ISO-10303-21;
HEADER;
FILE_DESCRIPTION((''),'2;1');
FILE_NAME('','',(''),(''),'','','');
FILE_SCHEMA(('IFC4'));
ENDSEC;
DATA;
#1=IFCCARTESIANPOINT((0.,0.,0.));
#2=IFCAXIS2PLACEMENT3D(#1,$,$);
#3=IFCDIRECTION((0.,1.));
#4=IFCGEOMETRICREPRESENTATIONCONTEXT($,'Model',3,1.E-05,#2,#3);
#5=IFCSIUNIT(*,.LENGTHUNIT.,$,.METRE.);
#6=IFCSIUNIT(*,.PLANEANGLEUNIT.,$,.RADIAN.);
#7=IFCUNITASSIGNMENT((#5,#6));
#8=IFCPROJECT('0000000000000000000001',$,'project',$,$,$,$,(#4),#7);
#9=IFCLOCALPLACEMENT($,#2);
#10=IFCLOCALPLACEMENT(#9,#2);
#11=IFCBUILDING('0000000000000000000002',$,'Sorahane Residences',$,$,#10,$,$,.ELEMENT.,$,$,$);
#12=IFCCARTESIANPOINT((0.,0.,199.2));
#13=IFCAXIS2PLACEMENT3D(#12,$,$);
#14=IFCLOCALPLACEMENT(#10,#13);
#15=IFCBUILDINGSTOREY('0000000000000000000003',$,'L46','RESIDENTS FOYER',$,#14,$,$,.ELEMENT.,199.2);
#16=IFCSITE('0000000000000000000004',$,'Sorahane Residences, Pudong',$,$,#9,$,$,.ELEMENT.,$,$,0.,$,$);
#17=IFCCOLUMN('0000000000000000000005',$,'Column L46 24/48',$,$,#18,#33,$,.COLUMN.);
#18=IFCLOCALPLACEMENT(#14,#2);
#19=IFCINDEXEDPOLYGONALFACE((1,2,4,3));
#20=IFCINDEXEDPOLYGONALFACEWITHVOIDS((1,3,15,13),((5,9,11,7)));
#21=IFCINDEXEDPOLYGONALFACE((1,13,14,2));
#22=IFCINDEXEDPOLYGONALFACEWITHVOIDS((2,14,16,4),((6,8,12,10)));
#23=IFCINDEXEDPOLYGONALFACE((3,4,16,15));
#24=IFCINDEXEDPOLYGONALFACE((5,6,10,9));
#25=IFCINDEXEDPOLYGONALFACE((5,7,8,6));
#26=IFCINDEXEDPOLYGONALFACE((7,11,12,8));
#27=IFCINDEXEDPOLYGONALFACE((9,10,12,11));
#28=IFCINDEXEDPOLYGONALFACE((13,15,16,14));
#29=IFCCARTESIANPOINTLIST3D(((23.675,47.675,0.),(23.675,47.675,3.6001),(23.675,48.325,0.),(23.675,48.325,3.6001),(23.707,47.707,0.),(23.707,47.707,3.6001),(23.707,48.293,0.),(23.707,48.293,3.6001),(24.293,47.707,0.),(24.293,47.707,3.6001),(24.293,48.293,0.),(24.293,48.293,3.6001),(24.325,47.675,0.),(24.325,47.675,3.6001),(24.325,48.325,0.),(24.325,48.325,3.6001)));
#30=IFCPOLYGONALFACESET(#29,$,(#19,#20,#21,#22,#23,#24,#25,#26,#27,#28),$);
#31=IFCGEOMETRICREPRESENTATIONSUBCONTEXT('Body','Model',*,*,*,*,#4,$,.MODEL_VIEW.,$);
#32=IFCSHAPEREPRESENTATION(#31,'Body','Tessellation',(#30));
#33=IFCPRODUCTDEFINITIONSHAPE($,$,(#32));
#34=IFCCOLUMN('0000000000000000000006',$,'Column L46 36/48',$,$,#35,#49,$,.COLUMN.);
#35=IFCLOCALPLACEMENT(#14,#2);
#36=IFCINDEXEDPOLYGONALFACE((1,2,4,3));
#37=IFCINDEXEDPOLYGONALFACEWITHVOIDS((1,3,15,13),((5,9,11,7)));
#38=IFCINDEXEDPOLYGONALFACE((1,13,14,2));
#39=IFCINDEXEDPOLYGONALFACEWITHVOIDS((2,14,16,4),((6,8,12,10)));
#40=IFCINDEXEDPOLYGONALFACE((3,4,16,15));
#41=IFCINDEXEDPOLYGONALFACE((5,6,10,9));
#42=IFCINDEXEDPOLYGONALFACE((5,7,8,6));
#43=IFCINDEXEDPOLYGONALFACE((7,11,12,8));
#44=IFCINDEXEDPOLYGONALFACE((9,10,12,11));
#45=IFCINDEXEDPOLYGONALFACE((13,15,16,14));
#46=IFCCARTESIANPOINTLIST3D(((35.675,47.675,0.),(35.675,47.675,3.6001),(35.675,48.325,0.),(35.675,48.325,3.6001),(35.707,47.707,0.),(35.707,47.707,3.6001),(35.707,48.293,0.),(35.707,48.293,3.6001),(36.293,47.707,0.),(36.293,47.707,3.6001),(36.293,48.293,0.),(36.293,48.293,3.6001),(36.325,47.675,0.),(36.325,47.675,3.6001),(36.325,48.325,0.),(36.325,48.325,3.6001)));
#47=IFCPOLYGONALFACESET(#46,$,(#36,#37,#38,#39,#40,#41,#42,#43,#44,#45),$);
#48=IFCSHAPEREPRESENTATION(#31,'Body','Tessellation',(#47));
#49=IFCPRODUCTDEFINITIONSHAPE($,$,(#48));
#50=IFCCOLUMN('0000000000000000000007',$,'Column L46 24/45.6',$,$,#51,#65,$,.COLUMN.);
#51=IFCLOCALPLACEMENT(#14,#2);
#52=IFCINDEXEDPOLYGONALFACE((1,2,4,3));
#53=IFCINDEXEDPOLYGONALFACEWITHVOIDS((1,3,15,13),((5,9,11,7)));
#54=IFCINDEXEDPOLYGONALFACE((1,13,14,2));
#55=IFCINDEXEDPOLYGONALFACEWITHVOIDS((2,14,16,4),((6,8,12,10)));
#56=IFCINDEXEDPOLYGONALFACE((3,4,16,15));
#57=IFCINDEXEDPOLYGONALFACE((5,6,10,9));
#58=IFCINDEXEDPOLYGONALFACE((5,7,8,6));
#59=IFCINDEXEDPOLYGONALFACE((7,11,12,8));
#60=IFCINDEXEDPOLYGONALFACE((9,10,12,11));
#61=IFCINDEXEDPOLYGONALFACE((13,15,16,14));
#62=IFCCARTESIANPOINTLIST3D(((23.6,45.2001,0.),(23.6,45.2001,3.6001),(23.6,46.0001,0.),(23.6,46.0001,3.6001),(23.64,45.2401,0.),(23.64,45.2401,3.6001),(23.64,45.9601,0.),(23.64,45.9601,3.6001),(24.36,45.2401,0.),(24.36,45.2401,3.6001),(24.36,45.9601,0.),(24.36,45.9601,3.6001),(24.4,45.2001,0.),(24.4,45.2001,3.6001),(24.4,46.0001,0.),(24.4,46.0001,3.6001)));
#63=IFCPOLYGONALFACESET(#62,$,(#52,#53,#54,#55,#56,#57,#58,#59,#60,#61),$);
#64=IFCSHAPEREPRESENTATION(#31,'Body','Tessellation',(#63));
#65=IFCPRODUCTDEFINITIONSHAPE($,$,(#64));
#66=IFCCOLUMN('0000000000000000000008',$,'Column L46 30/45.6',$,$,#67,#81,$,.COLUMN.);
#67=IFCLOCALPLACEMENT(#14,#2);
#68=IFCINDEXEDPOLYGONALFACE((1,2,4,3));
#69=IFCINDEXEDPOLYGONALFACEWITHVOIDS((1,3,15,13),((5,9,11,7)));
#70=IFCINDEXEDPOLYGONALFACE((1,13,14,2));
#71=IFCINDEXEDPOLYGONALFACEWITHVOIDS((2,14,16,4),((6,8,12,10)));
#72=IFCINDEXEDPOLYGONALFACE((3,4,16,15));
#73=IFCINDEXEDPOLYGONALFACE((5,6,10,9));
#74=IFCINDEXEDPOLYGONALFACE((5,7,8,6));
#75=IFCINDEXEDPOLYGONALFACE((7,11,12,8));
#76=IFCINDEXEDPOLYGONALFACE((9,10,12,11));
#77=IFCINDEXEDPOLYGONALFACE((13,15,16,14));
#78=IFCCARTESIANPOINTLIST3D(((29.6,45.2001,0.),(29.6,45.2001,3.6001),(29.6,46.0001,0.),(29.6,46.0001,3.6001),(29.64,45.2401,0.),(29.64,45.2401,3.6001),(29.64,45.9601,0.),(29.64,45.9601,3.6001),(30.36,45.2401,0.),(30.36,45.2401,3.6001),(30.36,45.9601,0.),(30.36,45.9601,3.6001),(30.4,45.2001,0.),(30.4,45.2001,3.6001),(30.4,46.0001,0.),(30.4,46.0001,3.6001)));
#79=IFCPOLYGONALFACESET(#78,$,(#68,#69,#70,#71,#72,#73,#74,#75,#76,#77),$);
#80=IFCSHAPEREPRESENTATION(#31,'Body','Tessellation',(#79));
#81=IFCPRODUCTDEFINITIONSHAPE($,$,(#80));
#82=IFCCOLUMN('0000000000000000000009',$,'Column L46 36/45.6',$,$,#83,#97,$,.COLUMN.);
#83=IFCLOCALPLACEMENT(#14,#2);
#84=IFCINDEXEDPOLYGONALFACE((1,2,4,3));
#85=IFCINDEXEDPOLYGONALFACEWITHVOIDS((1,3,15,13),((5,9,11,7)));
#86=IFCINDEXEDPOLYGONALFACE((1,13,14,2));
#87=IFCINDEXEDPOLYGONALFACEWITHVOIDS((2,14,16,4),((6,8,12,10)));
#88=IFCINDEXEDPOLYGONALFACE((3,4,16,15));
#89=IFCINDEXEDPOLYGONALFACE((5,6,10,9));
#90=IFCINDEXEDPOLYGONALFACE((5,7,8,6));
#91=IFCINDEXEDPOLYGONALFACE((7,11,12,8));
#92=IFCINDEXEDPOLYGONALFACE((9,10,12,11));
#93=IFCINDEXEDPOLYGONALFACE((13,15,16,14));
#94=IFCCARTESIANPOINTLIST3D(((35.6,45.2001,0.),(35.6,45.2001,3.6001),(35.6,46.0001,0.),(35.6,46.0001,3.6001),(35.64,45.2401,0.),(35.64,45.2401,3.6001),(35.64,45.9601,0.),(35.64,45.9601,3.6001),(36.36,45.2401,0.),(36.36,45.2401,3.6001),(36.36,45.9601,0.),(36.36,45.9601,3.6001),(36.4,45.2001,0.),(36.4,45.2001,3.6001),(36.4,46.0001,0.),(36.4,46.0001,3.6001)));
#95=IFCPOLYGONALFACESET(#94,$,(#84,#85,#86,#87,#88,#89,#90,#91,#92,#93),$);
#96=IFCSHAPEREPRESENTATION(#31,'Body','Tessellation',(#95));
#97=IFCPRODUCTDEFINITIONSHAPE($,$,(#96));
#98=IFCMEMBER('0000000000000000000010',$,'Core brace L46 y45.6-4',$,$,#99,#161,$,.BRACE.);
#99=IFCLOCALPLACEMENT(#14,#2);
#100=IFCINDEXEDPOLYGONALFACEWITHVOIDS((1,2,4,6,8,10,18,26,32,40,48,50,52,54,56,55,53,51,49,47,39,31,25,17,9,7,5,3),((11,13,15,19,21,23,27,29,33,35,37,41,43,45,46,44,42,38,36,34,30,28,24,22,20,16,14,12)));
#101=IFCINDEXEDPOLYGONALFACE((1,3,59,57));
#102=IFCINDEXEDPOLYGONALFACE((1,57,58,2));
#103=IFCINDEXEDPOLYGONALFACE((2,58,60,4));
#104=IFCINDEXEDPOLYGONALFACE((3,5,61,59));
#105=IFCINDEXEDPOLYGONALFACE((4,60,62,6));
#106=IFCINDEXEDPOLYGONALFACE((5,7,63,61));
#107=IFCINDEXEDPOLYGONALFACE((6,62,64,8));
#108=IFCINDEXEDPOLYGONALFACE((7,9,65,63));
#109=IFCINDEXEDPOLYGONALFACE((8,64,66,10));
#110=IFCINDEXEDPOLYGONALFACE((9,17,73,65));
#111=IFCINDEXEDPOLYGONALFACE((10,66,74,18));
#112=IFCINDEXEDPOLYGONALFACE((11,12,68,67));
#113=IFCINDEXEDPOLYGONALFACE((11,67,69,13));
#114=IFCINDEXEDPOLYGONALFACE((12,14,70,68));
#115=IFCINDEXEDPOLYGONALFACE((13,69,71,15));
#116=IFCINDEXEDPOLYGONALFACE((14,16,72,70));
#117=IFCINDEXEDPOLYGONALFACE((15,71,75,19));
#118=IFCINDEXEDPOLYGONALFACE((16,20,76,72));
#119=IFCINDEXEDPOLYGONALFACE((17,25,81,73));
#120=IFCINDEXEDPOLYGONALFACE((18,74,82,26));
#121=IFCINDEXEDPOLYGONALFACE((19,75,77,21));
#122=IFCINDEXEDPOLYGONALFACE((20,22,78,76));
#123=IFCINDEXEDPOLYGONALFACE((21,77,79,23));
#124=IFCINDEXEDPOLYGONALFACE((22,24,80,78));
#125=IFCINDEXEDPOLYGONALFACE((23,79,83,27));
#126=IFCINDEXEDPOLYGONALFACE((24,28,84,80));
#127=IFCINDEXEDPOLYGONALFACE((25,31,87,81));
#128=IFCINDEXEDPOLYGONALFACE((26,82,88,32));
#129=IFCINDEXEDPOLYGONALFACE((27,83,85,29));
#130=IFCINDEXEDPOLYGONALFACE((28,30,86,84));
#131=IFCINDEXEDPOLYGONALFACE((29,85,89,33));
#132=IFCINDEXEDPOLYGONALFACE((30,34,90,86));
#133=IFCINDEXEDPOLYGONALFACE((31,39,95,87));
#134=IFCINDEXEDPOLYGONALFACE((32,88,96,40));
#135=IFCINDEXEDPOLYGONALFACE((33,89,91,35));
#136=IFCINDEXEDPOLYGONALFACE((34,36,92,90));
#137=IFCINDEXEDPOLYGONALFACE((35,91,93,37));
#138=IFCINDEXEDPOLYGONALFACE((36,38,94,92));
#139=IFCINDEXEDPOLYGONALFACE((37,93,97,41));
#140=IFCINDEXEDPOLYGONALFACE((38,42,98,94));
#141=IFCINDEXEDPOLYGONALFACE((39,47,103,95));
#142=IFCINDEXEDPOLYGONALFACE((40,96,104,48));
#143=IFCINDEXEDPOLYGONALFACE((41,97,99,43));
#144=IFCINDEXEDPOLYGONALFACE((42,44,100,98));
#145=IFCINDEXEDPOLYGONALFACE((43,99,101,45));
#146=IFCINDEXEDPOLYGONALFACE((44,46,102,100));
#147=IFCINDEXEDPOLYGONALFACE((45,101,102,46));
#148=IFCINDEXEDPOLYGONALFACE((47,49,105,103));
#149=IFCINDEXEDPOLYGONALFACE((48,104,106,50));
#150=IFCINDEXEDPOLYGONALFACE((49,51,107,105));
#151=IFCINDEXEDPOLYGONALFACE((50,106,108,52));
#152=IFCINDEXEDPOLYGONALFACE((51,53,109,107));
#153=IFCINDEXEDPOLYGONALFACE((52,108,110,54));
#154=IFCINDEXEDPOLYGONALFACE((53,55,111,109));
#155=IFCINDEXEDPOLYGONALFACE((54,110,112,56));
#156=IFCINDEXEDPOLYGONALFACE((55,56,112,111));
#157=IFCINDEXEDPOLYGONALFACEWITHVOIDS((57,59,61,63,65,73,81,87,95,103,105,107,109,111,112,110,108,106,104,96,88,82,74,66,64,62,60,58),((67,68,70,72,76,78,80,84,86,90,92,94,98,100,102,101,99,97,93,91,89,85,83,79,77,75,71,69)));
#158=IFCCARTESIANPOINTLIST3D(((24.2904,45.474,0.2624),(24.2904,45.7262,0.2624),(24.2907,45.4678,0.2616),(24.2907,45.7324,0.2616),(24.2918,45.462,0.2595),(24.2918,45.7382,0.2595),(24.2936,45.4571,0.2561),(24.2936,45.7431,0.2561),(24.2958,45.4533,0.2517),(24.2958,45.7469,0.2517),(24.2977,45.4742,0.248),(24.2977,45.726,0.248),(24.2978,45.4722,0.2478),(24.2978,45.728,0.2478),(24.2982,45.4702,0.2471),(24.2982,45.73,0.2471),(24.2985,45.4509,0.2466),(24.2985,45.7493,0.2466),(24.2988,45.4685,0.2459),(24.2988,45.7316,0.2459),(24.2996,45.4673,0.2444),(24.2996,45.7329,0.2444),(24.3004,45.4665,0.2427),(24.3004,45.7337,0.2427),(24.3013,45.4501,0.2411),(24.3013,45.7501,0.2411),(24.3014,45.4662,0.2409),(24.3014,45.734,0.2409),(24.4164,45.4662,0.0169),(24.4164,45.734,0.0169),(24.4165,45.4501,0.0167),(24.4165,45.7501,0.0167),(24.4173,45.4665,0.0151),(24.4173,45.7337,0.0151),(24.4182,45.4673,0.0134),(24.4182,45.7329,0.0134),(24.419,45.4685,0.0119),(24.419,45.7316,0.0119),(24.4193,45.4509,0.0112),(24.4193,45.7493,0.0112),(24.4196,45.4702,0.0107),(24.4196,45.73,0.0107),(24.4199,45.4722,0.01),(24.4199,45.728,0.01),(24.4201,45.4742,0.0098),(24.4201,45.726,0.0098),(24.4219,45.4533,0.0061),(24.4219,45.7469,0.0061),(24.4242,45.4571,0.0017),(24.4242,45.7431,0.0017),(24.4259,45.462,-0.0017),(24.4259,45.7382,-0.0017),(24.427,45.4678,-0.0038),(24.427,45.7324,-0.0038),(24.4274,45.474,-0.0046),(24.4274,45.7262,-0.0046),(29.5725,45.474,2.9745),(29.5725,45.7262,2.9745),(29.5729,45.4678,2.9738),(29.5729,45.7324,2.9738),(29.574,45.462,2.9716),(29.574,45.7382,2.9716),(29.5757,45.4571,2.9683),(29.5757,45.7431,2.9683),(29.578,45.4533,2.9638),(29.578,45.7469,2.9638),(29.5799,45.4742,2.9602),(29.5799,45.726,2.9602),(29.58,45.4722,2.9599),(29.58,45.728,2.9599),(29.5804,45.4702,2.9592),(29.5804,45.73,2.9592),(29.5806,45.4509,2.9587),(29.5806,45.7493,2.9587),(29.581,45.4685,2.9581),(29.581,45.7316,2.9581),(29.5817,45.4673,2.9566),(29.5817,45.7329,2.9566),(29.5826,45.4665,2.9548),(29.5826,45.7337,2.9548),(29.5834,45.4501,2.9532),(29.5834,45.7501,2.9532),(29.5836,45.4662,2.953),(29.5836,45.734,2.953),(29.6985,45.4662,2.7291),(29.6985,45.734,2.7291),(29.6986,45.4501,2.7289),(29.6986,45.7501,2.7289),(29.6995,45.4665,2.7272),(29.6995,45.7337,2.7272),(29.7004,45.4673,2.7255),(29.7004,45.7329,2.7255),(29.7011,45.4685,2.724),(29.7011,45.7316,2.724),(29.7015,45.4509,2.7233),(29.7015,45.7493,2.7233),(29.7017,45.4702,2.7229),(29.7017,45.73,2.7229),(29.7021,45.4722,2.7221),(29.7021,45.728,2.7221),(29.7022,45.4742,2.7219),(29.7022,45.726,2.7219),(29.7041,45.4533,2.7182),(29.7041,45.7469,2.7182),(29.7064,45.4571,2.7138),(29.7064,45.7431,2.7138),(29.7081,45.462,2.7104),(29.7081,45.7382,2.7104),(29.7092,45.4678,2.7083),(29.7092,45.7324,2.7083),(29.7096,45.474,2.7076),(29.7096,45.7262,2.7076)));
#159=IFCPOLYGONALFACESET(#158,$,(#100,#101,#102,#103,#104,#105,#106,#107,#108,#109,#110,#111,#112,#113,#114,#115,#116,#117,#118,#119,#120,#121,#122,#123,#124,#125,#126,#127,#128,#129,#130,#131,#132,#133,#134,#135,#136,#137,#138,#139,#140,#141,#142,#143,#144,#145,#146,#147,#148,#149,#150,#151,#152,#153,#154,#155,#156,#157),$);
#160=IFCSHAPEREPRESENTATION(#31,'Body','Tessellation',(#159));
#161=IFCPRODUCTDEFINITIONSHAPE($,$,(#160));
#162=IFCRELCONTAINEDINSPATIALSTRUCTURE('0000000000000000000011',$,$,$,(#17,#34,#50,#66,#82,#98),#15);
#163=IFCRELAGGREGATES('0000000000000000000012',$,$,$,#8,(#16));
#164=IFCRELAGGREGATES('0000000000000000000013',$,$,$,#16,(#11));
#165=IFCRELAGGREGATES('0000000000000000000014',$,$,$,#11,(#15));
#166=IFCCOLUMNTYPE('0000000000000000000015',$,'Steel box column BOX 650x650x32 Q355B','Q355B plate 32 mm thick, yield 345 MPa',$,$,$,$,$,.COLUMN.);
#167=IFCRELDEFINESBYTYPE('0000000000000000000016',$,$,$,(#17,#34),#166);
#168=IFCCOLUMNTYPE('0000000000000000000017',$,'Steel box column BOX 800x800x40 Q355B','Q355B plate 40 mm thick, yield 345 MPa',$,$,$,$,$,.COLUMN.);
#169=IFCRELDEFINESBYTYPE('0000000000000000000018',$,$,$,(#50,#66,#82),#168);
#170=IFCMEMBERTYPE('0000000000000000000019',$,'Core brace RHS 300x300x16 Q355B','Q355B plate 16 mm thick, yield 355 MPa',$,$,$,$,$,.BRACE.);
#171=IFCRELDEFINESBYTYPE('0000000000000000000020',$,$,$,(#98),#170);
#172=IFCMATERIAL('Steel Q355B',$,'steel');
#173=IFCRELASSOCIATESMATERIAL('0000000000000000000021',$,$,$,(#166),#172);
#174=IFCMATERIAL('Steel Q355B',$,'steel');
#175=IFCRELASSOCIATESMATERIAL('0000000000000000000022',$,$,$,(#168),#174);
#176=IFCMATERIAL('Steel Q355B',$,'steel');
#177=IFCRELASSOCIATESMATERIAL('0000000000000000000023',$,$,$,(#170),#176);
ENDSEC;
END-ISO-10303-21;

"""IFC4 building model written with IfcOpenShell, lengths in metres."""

from ifc_helpers import new_model, si_unit, direction, frame, origin, origin_2d, place, context, subcontext, project, spatial, hollow_rectangle, extrude, material, material_profile, profile_set, type_object, element, save


model = new_model("IFC4")

# Units and contexts
model_context = context("Model", 3, precision=1e-05, world=origin(), true_north=direction((0.0, 1.0)))
body_context = subcontext(model_context, "Body", "Model", "MODEL_VIEW")
ifc_project = project(units=[si_unit("LENGTHUNIT", "METRE"), si_unit("PLANEANGLEUNIT", "RADIAN")], contexts=[model_context])

# Site, building, storey
site_placement = place(None, origin())
site = spatial("IfcSite", under=ifc_project, at=site_placement, Name="Sorahane Residences, Pudong", CompositionType="ELEMENT", RefElevation=0.0)
building_placement = place(site_placement, origin())
building = spatial("IfcBuilding", under=site, at=building_placement, Name="Sorahane Residences", CompositionType="ELEMENT")
storey_placement = place(building_placement, frame((0.0, 0.0, 199.2)))
storey = spatial("IfcBuildingStorey", under=building, at=storey_placement, Name="L46", Description="RESIDENTS FOYER", CompositionType="ELEMENT", Elevation=199.2)

# Columns
ifc_material_1 = material(Name="Steel Q355B", Category="steel")
ifc_material_profile_1 = material_profile(ifc_material_1, hollow_rectangle(XDim=0.6499, YDim=0.6499, WallThickness=0.032, at=origin_2d()), Name="BOX 650x650x32")
ifc_profile_set_1 = profile_set([ifc_material_profile_1], Name="Steel Q355B")
column_type_1 = type_object("IfcColumnType", Name="Steel box column BOX 650x650x32 Q355B", Description="Q355B plate 32 mm thick, yield 345 MPa", PredefinedType="COLUMN", material=ifc_profile_set_1)
for number, where, z_axis, x_axis, name in (
    (1, (24.0, 48.0, 0.0), (0.0, 0.0, 1.0), (1.0, 0.0, 0.0), "Column L46 24/48"),
    (2, (36.0, 48.0, 0.0), (0.0, 0.0, 1.0), (1.0, 0.0, 0.0), "Column L46 36/48"),
):
    element("IfcColumn", number, at=place(storey_placement, frame(where, z_axis=z_axis, x_axis=x_axis)), inside=storey, type_object=column_type_1, Name=name, PredefinedType="COLUMN", context=body_context, shape_type="SweptSolid", body=[
        extrude(hollow_rectangle(XDim=0.6499, YDim=0.6499, WallThickness=0.032, at=origin_2d()), origin(), (0.0, 0.0, 1.0), 3.6001),
    ])
ifc_material_2 = material(Name="Steel Q355B", Category="steel")
ifc_material_profile_2 = material_profile(ifc_material_2, hollow_rectangle(XDim=0.8, YDim=0.8, WallThickness=0.04, at=origin_2d()), Name="BOX 800x800x40")
ifc_profile_set_2 = profile_set([ifc_material_profile_2], Name="Steel Q355B")
column_type_2 = type_object("IfcColumnType", Name="Steel box column BOX 800x800x40 Q355B", Description="Q355B plate 40 mm thick, yield 345 MPa", PredefinedType="COLUMN", material=ifc_profile_set_2)
for number, where, z_axis, x_axis, name in (
    (3, (24.0, 45.6001, 0.0), (0.0, 0.0, 1.0), (1.0, 0.0, 0.0), "Column L46 24/45.6"),
    (4, (30.0, 45.6001, 0.0), (0.0, 0.0, 1.0), (1.0, 0.0, 0.0), "Column L46 30/45.6"),
    (5, (36.0, 45.6001, 0.0), (0.0, 0.0, 1.0), (1.0, 0.0, 0.0), "Column L46 36/45.6"),
):
    element("IfcColumn", number, at=place(storey_placement, frame(where, z_axis=z_axis, x_axis=x_axis)), inside=storey, type_object=column_type_2, Name=name, PredefinedType="COLUMN", context=body_context, shape_type="SweptSolid", body=[
        extrude(hollow_rectangle(XDim=0.8, YDim=0.8, WallThickness=0.04, at=origin_2d()), origin(), (0.0, 0.0, 1.0), 3.6001),
    ])

# Member
ifc_material_3 = material(Name="Steel Q355B", Category="steel")
ifc_material_profile_3 = material_profile(ifc_material_3, hollow_rectangle(XDim=0.3, YDim=0.3, WallThickness=0.0161, InnerFilletRadius=0.0081, OuterFilletRadius=0.0239, at=origin_2d()), Name="RHS 300x300x16")
ifc_profile_set_3 = profile_set([ifc_material_profile_3], Name="Steel Q355B")
member_type_1 = type_object("IfcMemberType", Name="Core brace RHS 300x300x16 Q355B", Description="Q355B plate 16 mm thick, yield 355 MPa", PredefinedType="BRACE", material=ifc_profile_set_3)
for number, where, z_axis, x_axis, name in (
    (6, (24.3589, 45.6001, 0.1289), (0.88959, 0.0, 0.45676), (0.0, 1.0, 0.0), "Core brace L46 y45.6-4"),
):
    element("IfcMember", number, at=place(storey_placement, frame(where, z_axis=z_axis, x_axis=x_axis)), inside=storey, type_object=member_type_1, Name=name, PredefinedType="BRACE", context=body_context, shape_type="SweptSolid", body=[
        extrude(hollow_rectangle(XDim=0.3, YDim=0.3, WallThickness=0.0161, InnerFilletRadius=0.0081, OuterFilletRadius=0.0239, at=origin_2d()), origin(), (0.0, 0.0, 1.0), 5.9377),
    ])

save(model, "model.ifc")
